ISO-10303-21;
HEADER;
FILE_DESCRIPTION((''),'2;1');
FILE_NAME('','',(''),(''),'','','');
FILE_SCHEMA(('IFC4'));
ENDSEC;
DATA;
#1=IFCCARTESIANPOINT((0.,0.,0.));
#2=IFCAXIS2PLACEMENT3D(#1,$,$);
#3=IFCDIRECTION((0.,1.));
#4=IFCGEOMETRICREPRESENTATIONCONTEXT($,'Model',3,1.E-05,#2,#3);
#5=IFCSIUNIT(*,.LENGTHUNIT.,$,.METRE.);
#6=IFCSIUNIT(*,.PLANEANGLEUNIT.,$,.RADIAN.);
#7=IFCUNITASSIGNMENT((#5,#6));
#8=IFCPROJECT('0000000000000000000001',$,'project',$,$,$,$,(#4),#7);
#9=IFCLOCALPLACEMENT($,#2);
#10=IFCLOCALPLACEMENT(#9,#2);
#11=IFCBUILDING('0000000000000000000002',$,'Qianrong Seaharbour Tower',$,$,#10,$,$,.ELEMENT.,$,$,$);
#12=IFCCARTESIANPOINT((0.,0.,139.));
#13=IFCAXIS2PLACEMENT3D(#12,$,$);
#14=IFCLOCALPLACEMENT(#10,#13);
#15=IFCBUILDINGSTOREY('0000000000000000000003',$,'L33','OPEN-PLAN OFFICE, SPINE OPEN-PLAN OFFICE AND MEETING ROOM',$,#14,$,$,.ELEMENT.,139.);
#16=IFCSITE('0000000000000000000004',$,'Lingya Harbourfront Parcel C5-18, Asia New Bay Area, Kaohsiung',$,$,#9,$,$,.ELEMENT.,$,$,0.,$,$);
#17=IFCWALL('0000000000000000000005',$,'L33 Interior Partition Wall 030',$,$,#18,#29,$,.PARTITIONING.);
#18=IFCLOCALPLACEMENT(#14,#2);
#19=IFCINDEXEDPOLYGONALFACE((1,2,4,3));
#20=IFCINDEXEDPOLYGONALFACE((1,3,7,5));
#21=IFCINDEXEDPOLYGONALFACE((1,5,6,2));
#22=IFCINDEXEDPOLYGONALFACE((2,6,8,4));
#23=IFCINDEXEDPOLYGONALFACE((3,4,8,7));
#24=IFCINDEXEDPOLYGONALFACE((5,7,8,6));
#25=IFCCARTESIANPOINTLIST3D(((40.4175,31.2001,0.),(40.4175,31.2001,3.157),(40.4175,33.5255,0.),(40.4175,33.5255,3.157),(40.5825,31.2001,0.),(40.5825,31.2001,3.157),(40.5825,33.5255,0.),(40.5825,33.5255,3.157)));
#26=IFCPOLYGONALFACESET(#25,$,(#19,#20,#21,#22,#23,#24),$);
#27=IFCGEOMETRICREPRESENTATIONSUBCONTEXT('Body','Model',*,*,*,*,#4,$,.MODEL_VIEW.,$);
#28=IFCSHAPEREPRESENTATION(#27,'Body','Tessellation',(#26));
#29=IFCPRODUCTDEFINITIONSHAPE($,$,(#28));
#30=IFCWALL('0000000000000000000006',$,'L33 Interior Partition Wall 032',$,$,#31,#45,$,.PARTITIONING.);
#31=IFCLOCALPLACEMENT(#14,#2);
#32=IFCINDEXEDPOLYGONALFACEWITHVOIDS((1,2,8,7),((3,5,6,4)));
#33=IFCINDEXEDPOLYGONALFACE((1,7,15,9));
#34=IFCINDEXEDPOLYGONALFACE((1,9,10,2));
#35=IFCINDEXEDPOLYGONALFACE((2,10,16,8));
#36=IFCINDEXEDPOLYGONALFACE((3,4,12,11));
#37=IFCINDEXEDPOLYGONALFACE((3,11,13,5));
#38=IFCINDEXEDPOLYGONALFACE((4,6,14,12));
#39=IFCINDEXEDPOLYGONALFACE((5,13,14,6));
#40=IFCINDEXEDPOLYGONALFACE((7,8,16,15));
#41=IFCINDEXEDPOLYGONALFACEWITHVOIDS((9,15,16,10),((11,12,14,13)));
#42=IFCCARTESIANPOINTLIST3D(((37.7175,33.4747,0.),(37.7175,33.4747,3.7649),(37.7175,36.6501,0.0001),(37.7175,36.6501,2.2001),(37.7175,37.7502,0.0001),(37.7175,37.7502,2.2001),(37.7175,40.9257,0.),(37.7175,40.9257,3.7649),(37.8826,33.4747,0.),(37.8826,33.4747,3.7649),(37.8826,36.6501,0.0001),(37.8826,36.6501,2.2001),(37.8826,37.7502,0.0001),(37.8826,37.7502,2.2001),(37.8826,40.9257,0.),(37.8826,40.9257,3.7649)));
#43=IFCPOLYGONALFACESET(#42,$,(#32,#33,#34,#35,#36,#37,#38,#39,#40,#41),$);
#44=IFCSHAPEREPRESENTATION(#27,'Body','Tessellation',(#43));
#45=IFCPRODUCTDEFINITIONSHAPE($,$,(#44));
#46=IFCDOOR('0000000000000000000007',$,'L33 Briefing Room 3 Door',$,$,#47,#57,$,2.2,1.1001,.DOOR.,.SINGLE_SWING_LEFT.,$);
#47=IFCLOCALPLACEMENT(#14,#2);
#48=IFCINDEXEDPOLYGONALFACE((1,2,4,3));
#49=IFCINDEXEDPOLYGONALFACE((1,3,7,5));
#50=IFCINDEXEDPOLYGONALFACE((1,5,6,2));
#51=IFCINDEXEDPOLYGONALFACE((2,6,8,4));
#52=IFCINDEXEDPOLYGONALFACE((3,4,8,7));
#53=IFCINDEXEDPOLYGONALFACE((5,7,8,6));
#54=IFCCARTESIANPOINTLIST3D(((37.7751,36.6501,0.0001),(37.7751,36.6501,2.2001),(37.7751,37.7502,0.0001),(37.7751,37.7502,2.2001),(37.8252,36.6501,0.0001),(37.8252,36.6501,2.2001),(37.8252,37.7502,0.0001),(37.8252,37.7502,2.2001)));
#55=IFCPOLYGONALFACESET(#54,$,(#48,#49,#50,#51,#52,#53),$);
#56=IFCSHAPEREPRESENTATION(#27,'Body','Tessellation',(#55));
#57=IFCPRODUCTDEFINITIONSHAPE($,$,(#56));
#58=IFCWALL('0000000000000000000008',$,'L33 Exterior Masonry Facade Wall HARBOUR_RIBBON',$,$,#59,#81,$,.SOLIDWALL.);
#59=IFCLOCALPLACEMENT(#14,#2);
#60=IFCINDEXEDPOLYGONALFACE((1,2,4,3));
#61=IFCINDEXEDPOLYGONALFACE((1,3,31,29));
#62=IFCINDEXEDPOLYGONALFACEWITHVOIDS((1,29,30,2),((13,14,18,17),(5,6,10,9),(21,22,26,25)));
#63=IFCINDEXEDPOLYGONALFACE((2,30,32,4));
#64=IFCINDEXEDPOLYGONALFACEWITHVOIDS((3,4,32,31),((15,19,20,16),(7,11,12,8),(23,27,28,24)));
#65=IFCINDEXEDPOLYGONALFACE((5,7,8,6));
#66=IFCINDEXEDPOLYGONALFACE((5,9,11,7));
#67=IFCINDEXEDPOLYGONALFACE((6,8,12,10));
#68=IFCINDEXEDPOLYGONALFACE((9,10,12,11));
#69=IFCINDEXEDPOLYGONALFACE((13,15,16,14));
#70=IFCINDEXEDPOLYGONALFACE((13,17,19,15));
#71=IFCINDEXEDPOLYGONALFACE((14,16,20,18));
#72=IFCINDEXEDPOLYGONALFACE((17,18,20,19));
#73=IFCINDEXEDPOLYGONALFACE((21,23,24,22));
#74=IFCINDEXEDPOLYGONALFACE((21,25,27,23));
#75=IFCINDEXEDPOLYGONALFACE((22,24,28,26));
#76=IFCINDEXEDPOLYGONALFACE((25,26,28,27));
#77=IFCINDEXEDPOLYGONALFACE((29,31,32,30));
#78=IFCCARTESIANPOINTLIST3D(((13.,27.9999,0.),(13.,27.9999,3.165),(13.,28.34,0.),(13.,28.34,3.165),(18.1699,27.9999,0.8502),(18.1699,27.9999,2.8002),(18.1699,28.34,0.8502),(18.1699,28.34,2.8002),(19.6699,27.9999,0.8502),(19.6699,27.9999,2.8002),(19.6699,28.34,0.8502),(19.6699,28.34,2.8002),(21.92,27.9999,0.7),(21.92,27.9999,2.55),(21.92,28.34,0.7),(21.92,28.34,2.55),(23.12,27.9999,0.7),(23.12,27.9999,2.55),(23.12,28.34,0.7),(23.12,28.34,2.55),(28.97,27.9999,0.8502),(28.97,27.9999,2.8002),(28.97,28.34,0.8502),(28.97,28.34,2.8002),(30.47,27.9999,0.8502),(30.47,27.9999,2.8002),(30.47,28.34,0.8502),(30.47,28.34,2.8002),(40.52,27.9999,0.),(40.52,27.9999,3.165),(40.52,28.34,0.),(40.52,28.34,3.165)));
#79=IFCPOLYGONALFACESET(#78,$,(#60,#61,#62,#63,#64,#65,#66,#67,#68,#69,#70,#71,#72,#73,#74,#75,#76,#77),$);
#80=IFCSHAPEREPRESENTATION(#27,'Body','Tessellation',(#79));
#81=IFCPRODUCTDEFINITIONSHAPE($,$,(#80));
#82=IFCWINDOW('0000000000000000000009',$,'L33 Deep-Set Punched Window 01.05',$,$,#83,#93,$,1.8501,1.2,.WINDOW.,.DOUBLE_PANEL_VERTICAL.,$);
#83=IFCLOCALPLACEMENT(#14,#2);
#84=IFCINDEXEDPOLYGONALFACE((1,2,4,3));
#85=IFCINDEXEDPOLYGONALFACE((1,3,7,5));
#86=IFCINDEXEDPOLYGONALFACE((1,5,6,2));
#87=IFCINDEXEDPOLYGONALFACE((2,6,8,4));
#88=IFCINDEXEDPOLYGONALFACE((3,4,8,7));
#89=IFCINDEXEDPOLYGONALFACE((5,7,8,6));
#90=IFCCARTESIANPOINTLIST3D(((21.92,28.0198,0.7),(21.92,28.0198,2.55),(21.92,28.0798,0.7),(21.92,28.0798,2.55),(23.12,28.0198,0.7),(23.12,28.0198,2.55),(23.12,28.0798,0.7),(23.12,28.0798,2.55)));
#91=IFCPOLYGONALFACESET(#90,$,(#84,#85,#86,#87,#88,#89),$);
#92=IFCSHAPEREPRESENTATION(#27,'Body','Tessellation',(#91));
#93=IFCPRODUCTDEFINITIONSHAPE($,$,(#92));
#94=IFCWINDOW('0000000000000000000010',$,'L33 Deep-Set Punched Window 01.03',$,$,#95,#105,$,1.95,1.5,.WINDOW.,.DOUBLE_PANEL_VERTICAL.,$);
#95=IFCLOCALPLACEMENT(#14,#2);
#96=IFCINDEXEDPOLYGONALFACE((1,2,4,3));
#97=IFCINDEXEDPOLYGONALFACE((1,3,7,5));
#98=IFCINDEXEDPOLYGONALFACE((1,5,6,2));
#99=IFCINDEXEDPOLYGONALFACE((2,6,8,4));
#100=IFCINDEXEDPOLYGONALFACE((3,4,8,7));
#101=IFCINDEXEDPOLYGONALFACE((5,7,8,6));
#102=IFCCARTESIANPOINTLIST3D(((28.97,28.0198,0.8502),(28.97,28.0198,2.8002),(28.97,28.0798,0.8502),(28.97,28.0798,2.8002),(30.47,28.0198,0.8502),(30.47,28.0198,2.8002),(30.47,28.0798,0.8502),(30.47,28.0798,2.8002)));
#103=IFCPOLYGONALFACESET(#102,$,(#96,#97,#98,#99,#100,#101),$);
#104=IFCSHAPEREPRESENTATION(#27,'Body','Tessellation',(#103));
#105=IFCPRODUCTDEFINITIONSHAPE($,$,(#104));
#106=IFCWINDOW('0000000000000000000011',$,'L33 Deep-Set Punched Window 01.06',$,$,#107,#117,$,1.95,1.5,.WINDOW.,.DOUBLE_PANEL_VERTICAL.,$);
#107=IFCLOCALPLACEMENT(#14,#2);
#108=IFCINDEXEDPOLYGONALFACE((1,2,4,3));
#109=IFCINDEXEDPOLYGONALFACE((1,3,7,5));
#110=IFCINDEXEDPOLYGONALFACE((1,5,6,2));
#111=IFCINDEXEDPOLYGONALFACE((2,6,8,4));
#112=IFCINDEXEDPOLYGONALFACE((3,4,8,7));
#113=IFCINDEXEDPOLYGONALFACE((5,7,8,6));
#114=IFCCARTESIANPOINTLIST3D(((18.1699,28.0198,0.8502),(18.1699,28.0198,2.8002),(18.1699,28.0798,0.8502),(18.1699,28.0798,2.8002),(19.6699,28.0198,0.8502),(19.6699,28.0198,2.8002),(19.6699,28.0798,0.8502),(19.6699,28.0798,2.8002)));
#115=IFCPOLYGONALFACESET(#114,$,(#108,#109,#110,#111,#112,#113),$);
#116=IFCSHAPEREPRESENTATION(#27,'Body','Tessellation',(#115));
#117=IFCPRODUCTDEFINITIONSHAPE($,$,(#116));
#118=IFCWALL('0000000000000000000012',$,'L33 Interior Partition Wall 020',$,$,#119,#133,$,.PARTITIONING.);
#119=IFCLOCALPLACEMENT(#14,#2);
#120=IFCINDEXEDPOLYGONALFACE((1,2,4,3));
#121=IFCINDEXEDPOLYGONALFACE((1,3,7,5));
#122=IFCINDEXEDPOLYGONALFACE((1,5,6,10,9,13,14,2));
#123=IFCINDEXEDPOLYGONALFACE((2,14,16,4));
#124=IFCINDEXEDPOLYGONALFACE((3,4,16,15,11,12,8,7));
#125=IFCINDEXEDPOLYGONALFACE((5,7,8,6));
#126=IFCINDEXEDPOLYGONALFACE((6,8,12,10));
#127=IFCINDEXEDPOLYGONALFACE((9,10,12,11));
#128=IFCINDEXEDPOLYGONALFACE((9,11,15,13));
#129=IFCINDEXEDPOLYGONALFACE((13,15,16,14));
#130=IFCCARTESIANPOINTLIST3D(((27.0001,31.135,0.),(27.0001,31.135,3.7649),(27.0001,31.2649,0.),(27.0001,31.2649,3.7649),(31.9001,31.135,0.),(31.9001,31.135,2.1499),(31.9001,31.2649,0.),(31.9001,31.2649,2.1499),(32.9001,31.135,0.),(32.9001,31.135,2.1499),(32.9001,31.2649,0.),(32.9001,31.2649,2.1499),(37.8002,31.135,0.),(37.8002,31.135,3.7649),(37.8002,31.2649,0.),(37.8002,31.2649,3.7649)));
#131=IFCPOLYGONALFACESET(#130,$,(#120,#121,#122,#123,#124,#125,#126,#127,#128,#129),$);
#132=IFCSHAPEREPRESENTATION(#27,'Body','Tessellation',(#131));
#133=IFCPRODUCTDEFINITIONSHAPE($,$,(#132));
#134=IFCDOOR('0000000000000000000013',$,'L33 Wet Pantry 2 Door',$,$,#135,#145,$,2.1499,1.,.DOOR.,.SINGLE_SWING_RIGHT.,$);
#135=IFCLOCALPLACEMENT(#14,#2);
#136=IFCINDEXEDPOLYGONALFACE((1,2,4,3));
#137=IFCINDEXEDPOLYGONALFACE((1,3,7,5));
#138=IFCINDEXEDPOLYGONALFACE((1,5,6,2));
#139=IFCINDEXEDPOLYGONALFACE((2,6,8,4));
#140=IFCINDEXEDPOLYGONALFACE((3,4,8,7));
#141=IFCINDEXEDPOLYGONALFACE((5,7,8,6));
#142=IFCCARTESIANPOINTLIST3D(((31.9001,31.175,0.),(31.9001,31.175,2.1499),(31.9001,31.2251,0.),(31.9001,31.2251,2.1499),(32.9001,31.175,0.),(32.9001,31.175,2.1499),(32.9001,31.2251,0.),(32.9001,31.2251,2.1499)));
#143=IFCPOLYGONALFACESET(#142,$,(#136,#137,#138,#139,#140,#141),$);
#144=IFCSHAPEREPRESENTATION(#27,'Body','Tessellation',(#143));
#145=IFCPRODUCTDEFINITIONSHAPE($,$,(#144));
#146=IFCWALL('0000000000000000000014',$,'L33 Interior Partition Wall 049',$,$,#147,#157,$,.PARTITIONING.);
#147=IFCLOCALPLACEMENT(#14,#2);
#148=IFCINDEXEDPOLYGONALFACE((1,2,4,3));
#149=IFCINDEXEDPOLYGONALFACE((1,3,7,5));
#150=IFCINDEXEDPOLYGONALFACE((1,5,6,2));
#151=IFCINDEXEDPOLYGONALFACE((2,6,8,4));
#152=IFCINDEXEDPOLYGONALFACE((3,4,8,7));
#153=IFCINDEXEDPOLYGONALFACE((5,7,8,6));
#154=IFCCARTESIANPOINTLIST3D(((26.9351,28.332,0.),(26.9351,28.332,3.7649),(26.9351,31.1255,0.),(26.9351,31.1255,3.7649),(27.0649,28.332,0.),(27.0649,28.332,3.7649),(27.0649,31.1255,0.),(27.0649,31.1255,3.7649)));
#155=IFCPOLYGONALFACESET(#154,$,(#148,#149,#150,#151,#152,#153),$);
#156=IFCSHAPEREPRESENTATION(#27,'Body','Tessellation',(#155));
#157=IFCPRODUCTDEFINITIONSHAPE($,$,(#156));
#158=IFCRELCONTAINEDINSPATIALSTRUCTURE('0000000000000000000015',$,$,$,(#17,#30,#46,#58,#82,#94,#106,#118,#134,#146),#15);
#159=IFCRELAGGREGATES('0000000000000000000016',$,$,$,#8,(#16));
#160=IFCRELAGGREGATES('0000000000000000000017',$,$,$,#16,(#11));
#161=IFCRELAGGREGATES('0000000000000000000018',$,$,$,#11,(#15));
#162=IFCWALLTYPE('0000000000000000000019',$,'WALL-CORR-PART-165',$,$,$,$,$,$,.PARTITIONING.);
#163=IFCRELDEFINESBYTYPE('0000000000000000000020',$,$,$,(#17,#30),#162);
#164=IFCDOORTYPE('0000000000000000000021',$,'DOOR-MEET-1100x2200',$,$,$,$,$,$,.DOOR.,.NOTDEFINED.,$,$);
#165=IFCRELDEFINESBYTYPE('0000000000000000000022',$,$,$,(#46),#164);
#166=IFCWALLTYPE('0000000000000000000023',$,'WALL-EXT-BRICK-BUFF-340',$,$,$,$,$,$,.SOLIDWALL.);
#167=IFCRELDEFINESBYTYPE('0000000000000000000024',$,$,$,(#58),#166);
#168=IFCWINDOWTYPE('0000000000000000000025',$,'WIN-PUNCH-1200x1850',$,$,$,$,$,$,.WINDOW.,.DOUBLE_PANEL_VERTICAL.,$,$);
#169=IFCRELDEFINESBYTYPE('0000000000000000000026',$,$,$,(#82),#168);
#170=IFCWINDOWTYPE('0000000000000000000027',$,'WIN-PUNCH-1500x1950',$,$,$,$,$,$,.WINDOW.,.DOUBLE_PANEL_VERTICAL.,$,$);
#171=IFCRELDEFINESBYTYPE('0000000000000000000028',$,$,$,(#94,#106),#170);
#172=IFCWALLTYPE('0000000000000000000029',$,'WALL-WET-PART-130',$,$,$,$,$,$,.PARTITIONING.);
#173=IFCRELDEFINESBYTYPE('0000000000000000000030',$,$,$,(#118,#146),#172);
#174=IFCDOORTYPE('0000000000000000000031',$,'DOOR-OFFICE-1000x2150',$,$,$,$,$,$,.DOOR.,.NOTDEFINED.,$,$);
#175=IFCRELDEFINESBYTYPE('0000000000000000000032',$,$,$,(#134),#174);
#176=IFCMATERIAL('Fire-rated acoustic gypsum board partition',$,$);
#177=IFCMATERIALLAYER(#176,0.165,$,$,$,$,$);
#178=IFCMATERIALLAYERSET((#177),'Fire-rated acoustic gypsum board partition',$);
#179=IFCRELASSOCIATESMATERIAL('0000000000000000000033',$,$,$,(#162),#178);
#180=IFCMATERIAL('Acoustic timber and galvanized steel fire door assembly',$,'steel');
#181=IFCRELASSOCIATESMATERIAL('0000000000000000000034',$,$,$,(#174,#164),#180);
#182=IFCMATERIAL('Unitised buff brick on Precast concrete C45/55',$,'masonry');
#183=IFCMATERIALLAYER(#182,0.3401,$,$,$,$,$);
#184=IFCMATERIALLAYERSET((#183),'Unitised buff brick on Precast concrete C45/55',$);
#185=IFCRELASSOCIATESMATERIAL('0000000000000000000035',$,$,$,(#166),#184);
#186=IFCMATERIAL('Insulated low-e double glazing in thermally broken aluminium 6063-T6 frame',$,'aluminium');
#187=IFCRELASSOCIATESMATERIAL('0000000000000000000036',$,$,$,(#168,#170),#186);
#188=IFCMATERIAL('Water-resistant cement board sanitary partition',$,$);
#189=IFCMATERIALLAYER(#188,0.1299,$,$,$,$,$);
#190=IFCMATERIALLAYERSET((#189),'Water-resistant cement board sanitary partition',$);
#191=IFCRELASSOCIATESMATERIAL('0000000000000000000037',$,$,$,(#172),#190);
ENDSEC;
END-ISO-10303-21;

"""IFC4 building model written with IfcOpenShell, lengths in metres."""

from ifc_helpers import new_model, si_unit, direction, frame, frame_2d, origin, place, context, subcontext, project, spatial, rectangle, extrude, material, layer, layer_set, type_object, element, fill, save


model = new_model("IFC4")

# Units and contexts
model_context = context("Model", 3, precision=1e-05, world=origin(), true_north=direction((0.0, 1.0)))
body_context = subcontext(model_context, "Body", "Model", "MODEL_VIEW")
ifc_project = project(units=[si_unit("LENGTHUNIT", "METRE"), si_unit("PLANEANGLEUNIT", "RADIAN")], contexts=[model_context])

# Site, building, storey
site_placement = place(None, origin())
site = spatial("IfcSite", under=ifc_project, at=site_placement, Name="Lingya Harbourfront Parcel C5-18, Asia New Bay Area, Kaohsiung", CompositionType="ELEMENT", RefElevation=0.0)
building_placement = place(site_placement, origin())
building = spatial("IfcBuilding", under=site, at=building_placement, Name="Qianrong Seaharbour Tower", CompositionType="ELEMENT")
storey_placement = place(building_placement, frame((0.0, 0.0, 139.0)))
storey = spatial("IfcBuildingStorey", under=building, at=storey_placement, Name="L33", Description="OPEN-PLAN OFFICE, SPINE OPEN-PLAN OFFICE AND MEETING ROOM", CompositionType="ELEMENT", Elevation=139.0)

# Shared definitions
ifc_material_1 = material(Name="Fire-rated acoustic gypsum board partition")
ifc_layer_1 = layer(ifc_material_1, 0.165)
ifc_layer_set_1 = layer_set([ifc_layer_1], Name="Fire-rated acoustic gypsum board partition")
wall_type_1 = type_object("IfcWallType", Name="WALL-CORR-PART-165", PredefinedType="PARTITIONING", material=ifc_layer_set_1)

# Shared definitions
ifc_material_2 = material(Name="Acoustic timber and galvanized steel fire door assembly", Category="steel")
door_type_1 = type_object("IfcDoorType", Name="DOOR-OFFICE-1000x2150", OperationType="NOTDEFINED", PredefinedType="DOOR", material=ifc_material_2)

# Shared definitions
door_type_2 = type_object("IfcDoorType", Name="DOOR-MEET-1100x2200", OperationType="NOTDEFINED", PredefinedType="DOOR", material=ifc_material_2)

# Wall
wall_1_placement = place(storey_placement, frame((40.5, 33.5254, 0.0), z_axis=(0.0, 0.0, 1.0), x_axis=(0.0, -1.0, 0.0)))
element("IfcWall", 1, at=wall_1_placement, inside=storey, type_object=wall_type_1, Name="L33 Interior Partition Wall 030", PredefinedType="PARTITIONING", context=body_context, shape_type="SweptSolid", body=[
    extrude(rectangle(XDim=2.3254, YDim=0.165, at=frame_2d((1.1626, 0.0))), origin(), (0.0, 0.0, 1.0), 3.157),
])

# Wall, opening, door
wall_2_placement = place(storey_placement, frame((37.8, 33.4746, 0.0), z_axis=(0.0, 0.0, 1.0), x_axis=(0.0, 1.0, 0.0)))
wall_2 = element("IfcWall", 2, at=wall_2_placement, inside=storey, type_object=wall_type_1, Name="L33 Interior Partition Wall 032", PredefinedType="PARTITIONING", context=body_context, shape_type="SweptSolid", body=[
    extrude(rectangle(XDim=7.4509, YDim=0.165, at=frame_2d((3.7256, 0.0))), origin(), (0.0, 0.0, 1.0), 3.7649),
])
opening_1_placement = place(wall_2_placement, frame((3.1755, 0.0, 0.0)))
opening_1 = element("IfcOpeningElement", 3, at=opening_1_placement, cuts=wall_2, PredefinedType="OPENING", context=body_context, shape_type="SweptSolid", body=[
    extrude(rectangle(XDim=1.1001, YDim=2.2, at=frame_2d((0.55, 1.1001))), frame((0.0, 0.0925, 0.0), z_axis=(0.0, -1.0, 0.0), x_axis=(1.0, 0.0, 0.0)), (0.0, 0.0, 1.0), 0.1851),
])
door_1_placement = place(opening_1_placement, origin())
door_1 = element("IfcDoor", 4, at=door_1_placement, inside=storey, type_object=door_type_2, Name="L33 Briefing Room 3 Door", OperationType="SINGLE_SWING_LEFT", OverallHeight=2.2, OverallWidth=1.1001, PredefinedType="DOOR", context=body_context, shape_type="SweptSolid", body=[
    extrude(rectangle(XDim=1.1001, YDim=2.2, at=frame_2d((0.55, 1.1001))), frame((0.0, 0.0249, 0.0), z_axis=(0.0, -1.0, 0.0), x_axis=(1.0, 0.0, 0.0)), (0.0, 0.0, 1.0), 0.05),
])
fill(opening_1, door_1)

# Wall, openings, windows
ifc_material_3 = material(Name="Unitised buff brick on Precast concrete C45/55", Category="masonry")
ifc_layer_2 = layer(ifc_material_3, 0.3401)
ifc_layer_set_2 = layer_set([ifc_layer_2], Name="Unitised buff brick on Precast concrete C45/55")
wall_type_2 = type_object("IfcWallType", Name="WALL-EXT-BRICK-BUFF-340", PredefinedType="SOLIDWALL", material=ifc_layer_set_2)
wall_3_placement = place(storey_placement, frame((40.52, 28.1699, 0.0), z_axis=(0.0, 0.0, 1.0), x_axis=(-1.0, 0.0, 0.0)))
wall_3 = element("IfcWall", 5, at=wall_3_placement, inside=storey, type_object=wall_type_2, Name="L33 Exterior Masonry Facade Wall HARBOUR_RIBBON", PredefinedType="SOLIDWALL", context=body_context, shape_type="SweptSolid", body=[
    extrude(rectangle(XDim=27.52, YDim=0.3401, at=frame_2d((13.76, 0.0))), origin(), (0.0, 0.0, 1.0), 3.165),
])
opening_2_placement = place(wall_3_placement, frame((10.05, 0.0, 0.8501)))
opening_2 = element("IfcOpeningElement", 6, at=opening_2_placement, cuts=wall_3, PredefinedType="OPENING", context=body_context, shape_type="SweptSolid", body=[
    extrude(rectangle(XDim=1.5, YDim=1.95, at=frame_2d((0.75, 0.9751))), frame((0.0, 0.1802, 0.0), z_axis=(0.0, -1.0, 0.0), x_axis=(1.0, 0.0, 0.0)), (0.0, 0.0, 1.0), 0.3601),
])
opening_3_placement = place(wall_3_placement, frame((17.3999, 0.0, 0.7)))
opening_3 = element("IfcOpeningElement", 7, at=opening_3_placement, cuts=wall_3, PredefinedType="OPENING", context=body_context, shape_type="SweptSolid", body=[
    extrude(rectangle(XDim=1.2, YDim=1.8501, at=frame_2d((0.6001, 0.925))), frame((0.0, 0.1802, 0.0), z_axis=(0.0, -1.0, 0.0), x_axis=(1.0, 0.0, 0.0)), (0.0, 0.0, 1.0), 0.3601),
])
opening_4_placement = place(wall_3_placement, frame((20.8501, 0.0, 0.8501)))
opening_4 = element("IfcOpeningElement", 8, at=opening_4_placement, cuts=wall_3, PredefinedType="OPENING", context=body_context, shape_type="SweptSolid", body=[
    extrude(rectangle(XDim=1.5, YDim=1.95, at=frame_2d((0.75, 0.9751))), frame((0.0, 0.1802, 0.0), z_axis=(0.0, -1.0, 0.0), x_axis=(1.0, 0.0, 0.0)), (0.0, 0.0, 1.0), 0.3601),
])
ifc_material_4 = material(Name="Insulated low-e double glazing in thermally broken aluminium 6063-T6 frame", Category="aluminium")
window_type_1 = type_object("IfcWindowType", Name="WIN-PUNCH-1200x1850", PartitioningType="DOUBLE_PANEL_VERTICAL", PredefinedType="WINDOW", material=ifc_material_4)
window_1_placement = place(opening_3_placement, origin())
window_1 = element("IfcWindow", 9, at=window_1_placement, inside=storey, type_object=window_type_1, Name="L33 Deep-Set Punched Window 01.05", OverallHeight=1.8501, OverallWidth=1.2, PartitioningType="DOUBLE_PANEL_VERTICAL", PredefinedType="WINDOW", context=body_context, shape_type="SweptSolid", body=[
    extrude(rectangle(XDim=1.2, YDim=1.8501, at=frame_2d((0.6001, 0.925))), frame((0.0, 0.1501, 0.0), z_axis=(0.0, -1.0, 0.0), x_axis=(1.0, 0.0, 0.0)), (0.0, 0.0, 1.0), 0.0601),
])
fill(opening_3, window_1)
window_type_2 = type_object("IfcWindowType", Name="WIN-PUNCH-1500x1950", PartitioningType="DOUBLE_PANEL_VERTICAL", PredefinedType="WINDOW", material=ifc_material_4)
window_2_placement = place(opening_2_placement, origin())
window_2 = element("IfcWindow", 10, at=window_2_placement, inside=storey, type_object=window_type_2, Name="L33 Deep-Set Punched Window 01.03", OverallHeight=1.95, OverallWidth=1.5, PartitioningType="DOUBLE_PANEL_VERTICAL", PredefinedType="WINDOW", context=body_context, shape_type="SweptSolid", body=[
    extrude(rectangle(XDim=1.5, YDim=1.95, at=frame_2d((0.75, 0.9751))), frame((0.0, 0.1501, 0.0), z_axis=(0.0, -1.0, 0.0), x_axis=(1.0, 0.0, 0.0)), (0.0, 0.0, 1.0), 0.0601),
])
fill(opening_2, window_2)
window_3_placement = place(opening_4_placement, origin())
window_3 = element("IfcWindow", 11, at=window_3_placement, inside=storey, type_object=window_type_2, Name="L33 Deep-Set Punched Window 01.06", OverallHeight=1.95, OverallWidth=1.5, PartitioningType="DOUBLE_PANEL_VERTICAL", PredefinedType="WINDOW", context=body_context, shape_type="SweptSolid", body=[
    extrude(rectangle(XDim=1.5, YDim=1.95, at=frame_2d((0.75, 0.9751))), frame((0.0, 0.1501, 0.0), z_axis=(0.0, -1.0, 0.0), x_axis=(1.0, 0.0, 0.0)), (0.0, 0.0, 1.0), 0.0601),
])
fill(opening_4, window_3)

# Wall, opening, door
ifc_material_5 = material(Name="Water-resistant cement board sanitary partition")
ifc_layer_3 = layer(ifc_material_5, 0.1299)
ifc_layer_set_3 = layer_set([ifc_layer_3], Name="Water-resistant cement board sanitary partition")
wall_type_3 = type_object("IfcWallType", Name="WALL-WET-PART-130", PredefinedType="PARTITIONING", material=ifc_layer_set_3)
wall_4_placement = place(storey_placement, frame((37.8, 31.2, 0.0), z_axis=(0.0, 0.0, 1.0), x_axis=(-1.0, 0.0, 0.0)))
wall_4 = element("IfcWall", 12, at=wall_4_placement, inside=storey, type_object=wall_type_3, Name="L33 Interior Partition Wall 020", PredefinedType="PARTITIONING", context=body_context, shape_type="SweptSolid", body=[
    extrude(rectangle(XDim=10.8, YDim=0.1299, at=frame_2d((5.3999, 0.0))), origin(), (0.0, 0.0, 1.0), 3.7649),
])
opening_5_placement = place(wall_4_placement, frame((4.8999, 0.0, 0.0)))
opening_5 = element("IfcOpeningElement", 13, at=opening_5_placement, cuts=wall_4, PredefinedType="OPENING", context=body_context, shape_type="SweptSolid", body=[
    extrude(rectangle(XDim=1.0, YDim=2.1499, at=frame_2d((0.5, 1.075))), frame((0.0, 0.075, 0.0), z_axis=(0.0, -1.0, 0.0), x_axis=(1.0, 0.0, 0.0)), (0.0, 0.0, 1.0), 0.1499),
])
door_2_placement = place(opening_5_placement, origin())
door_2 = element("IfcDoor", 14, at=door_2_placement, inside=storey, type_object=door_type_1, Name="L33 Wet Pantry 2 Door", OperationType="SINGLE_SWING_RIGHT", OverallHeight=2.1499, OverallWidth=1.0, PredefinedType="DOOR", context=body_context, shape_type="SweptSolid", body=[
    extrude(rectangle(XDim=1.0, YDim=2.1499, at=frame_2d((0.5, 1.075))), frame((0.0, 0.0249, 0.0), z_axis=(0.0, -1.0, 0.0), x_axis=(1.0, 0.0, 0.0)), (0.0, 0.0, 1.0), 0.05),
])
fill(opening_5, door_2)

# Wall
wall_5_placement = place(storey_placement, frame((27.0, 31.1255, 0.0), z_axis=(0.0, 0.0, 1.0), x_axis=(0.0, -1.0, 0.0)))
element("IfcWall", 15, at=wall_5_placement, inside=storey, type_object=wall_type_3, Name="L33 Interior Partition Wall 049", PredefinedType="PARTITIONING", context=body_context, shape_type="SweptSolid", body=[
    extrude(rectangle(XDim=2.7935, YDim=0.1299, at=frame_2d((1.3967, 0.0))), origin(), (0.0, 0.0, 1.0), 3.7649),
])

save(model, "model.ifc")
